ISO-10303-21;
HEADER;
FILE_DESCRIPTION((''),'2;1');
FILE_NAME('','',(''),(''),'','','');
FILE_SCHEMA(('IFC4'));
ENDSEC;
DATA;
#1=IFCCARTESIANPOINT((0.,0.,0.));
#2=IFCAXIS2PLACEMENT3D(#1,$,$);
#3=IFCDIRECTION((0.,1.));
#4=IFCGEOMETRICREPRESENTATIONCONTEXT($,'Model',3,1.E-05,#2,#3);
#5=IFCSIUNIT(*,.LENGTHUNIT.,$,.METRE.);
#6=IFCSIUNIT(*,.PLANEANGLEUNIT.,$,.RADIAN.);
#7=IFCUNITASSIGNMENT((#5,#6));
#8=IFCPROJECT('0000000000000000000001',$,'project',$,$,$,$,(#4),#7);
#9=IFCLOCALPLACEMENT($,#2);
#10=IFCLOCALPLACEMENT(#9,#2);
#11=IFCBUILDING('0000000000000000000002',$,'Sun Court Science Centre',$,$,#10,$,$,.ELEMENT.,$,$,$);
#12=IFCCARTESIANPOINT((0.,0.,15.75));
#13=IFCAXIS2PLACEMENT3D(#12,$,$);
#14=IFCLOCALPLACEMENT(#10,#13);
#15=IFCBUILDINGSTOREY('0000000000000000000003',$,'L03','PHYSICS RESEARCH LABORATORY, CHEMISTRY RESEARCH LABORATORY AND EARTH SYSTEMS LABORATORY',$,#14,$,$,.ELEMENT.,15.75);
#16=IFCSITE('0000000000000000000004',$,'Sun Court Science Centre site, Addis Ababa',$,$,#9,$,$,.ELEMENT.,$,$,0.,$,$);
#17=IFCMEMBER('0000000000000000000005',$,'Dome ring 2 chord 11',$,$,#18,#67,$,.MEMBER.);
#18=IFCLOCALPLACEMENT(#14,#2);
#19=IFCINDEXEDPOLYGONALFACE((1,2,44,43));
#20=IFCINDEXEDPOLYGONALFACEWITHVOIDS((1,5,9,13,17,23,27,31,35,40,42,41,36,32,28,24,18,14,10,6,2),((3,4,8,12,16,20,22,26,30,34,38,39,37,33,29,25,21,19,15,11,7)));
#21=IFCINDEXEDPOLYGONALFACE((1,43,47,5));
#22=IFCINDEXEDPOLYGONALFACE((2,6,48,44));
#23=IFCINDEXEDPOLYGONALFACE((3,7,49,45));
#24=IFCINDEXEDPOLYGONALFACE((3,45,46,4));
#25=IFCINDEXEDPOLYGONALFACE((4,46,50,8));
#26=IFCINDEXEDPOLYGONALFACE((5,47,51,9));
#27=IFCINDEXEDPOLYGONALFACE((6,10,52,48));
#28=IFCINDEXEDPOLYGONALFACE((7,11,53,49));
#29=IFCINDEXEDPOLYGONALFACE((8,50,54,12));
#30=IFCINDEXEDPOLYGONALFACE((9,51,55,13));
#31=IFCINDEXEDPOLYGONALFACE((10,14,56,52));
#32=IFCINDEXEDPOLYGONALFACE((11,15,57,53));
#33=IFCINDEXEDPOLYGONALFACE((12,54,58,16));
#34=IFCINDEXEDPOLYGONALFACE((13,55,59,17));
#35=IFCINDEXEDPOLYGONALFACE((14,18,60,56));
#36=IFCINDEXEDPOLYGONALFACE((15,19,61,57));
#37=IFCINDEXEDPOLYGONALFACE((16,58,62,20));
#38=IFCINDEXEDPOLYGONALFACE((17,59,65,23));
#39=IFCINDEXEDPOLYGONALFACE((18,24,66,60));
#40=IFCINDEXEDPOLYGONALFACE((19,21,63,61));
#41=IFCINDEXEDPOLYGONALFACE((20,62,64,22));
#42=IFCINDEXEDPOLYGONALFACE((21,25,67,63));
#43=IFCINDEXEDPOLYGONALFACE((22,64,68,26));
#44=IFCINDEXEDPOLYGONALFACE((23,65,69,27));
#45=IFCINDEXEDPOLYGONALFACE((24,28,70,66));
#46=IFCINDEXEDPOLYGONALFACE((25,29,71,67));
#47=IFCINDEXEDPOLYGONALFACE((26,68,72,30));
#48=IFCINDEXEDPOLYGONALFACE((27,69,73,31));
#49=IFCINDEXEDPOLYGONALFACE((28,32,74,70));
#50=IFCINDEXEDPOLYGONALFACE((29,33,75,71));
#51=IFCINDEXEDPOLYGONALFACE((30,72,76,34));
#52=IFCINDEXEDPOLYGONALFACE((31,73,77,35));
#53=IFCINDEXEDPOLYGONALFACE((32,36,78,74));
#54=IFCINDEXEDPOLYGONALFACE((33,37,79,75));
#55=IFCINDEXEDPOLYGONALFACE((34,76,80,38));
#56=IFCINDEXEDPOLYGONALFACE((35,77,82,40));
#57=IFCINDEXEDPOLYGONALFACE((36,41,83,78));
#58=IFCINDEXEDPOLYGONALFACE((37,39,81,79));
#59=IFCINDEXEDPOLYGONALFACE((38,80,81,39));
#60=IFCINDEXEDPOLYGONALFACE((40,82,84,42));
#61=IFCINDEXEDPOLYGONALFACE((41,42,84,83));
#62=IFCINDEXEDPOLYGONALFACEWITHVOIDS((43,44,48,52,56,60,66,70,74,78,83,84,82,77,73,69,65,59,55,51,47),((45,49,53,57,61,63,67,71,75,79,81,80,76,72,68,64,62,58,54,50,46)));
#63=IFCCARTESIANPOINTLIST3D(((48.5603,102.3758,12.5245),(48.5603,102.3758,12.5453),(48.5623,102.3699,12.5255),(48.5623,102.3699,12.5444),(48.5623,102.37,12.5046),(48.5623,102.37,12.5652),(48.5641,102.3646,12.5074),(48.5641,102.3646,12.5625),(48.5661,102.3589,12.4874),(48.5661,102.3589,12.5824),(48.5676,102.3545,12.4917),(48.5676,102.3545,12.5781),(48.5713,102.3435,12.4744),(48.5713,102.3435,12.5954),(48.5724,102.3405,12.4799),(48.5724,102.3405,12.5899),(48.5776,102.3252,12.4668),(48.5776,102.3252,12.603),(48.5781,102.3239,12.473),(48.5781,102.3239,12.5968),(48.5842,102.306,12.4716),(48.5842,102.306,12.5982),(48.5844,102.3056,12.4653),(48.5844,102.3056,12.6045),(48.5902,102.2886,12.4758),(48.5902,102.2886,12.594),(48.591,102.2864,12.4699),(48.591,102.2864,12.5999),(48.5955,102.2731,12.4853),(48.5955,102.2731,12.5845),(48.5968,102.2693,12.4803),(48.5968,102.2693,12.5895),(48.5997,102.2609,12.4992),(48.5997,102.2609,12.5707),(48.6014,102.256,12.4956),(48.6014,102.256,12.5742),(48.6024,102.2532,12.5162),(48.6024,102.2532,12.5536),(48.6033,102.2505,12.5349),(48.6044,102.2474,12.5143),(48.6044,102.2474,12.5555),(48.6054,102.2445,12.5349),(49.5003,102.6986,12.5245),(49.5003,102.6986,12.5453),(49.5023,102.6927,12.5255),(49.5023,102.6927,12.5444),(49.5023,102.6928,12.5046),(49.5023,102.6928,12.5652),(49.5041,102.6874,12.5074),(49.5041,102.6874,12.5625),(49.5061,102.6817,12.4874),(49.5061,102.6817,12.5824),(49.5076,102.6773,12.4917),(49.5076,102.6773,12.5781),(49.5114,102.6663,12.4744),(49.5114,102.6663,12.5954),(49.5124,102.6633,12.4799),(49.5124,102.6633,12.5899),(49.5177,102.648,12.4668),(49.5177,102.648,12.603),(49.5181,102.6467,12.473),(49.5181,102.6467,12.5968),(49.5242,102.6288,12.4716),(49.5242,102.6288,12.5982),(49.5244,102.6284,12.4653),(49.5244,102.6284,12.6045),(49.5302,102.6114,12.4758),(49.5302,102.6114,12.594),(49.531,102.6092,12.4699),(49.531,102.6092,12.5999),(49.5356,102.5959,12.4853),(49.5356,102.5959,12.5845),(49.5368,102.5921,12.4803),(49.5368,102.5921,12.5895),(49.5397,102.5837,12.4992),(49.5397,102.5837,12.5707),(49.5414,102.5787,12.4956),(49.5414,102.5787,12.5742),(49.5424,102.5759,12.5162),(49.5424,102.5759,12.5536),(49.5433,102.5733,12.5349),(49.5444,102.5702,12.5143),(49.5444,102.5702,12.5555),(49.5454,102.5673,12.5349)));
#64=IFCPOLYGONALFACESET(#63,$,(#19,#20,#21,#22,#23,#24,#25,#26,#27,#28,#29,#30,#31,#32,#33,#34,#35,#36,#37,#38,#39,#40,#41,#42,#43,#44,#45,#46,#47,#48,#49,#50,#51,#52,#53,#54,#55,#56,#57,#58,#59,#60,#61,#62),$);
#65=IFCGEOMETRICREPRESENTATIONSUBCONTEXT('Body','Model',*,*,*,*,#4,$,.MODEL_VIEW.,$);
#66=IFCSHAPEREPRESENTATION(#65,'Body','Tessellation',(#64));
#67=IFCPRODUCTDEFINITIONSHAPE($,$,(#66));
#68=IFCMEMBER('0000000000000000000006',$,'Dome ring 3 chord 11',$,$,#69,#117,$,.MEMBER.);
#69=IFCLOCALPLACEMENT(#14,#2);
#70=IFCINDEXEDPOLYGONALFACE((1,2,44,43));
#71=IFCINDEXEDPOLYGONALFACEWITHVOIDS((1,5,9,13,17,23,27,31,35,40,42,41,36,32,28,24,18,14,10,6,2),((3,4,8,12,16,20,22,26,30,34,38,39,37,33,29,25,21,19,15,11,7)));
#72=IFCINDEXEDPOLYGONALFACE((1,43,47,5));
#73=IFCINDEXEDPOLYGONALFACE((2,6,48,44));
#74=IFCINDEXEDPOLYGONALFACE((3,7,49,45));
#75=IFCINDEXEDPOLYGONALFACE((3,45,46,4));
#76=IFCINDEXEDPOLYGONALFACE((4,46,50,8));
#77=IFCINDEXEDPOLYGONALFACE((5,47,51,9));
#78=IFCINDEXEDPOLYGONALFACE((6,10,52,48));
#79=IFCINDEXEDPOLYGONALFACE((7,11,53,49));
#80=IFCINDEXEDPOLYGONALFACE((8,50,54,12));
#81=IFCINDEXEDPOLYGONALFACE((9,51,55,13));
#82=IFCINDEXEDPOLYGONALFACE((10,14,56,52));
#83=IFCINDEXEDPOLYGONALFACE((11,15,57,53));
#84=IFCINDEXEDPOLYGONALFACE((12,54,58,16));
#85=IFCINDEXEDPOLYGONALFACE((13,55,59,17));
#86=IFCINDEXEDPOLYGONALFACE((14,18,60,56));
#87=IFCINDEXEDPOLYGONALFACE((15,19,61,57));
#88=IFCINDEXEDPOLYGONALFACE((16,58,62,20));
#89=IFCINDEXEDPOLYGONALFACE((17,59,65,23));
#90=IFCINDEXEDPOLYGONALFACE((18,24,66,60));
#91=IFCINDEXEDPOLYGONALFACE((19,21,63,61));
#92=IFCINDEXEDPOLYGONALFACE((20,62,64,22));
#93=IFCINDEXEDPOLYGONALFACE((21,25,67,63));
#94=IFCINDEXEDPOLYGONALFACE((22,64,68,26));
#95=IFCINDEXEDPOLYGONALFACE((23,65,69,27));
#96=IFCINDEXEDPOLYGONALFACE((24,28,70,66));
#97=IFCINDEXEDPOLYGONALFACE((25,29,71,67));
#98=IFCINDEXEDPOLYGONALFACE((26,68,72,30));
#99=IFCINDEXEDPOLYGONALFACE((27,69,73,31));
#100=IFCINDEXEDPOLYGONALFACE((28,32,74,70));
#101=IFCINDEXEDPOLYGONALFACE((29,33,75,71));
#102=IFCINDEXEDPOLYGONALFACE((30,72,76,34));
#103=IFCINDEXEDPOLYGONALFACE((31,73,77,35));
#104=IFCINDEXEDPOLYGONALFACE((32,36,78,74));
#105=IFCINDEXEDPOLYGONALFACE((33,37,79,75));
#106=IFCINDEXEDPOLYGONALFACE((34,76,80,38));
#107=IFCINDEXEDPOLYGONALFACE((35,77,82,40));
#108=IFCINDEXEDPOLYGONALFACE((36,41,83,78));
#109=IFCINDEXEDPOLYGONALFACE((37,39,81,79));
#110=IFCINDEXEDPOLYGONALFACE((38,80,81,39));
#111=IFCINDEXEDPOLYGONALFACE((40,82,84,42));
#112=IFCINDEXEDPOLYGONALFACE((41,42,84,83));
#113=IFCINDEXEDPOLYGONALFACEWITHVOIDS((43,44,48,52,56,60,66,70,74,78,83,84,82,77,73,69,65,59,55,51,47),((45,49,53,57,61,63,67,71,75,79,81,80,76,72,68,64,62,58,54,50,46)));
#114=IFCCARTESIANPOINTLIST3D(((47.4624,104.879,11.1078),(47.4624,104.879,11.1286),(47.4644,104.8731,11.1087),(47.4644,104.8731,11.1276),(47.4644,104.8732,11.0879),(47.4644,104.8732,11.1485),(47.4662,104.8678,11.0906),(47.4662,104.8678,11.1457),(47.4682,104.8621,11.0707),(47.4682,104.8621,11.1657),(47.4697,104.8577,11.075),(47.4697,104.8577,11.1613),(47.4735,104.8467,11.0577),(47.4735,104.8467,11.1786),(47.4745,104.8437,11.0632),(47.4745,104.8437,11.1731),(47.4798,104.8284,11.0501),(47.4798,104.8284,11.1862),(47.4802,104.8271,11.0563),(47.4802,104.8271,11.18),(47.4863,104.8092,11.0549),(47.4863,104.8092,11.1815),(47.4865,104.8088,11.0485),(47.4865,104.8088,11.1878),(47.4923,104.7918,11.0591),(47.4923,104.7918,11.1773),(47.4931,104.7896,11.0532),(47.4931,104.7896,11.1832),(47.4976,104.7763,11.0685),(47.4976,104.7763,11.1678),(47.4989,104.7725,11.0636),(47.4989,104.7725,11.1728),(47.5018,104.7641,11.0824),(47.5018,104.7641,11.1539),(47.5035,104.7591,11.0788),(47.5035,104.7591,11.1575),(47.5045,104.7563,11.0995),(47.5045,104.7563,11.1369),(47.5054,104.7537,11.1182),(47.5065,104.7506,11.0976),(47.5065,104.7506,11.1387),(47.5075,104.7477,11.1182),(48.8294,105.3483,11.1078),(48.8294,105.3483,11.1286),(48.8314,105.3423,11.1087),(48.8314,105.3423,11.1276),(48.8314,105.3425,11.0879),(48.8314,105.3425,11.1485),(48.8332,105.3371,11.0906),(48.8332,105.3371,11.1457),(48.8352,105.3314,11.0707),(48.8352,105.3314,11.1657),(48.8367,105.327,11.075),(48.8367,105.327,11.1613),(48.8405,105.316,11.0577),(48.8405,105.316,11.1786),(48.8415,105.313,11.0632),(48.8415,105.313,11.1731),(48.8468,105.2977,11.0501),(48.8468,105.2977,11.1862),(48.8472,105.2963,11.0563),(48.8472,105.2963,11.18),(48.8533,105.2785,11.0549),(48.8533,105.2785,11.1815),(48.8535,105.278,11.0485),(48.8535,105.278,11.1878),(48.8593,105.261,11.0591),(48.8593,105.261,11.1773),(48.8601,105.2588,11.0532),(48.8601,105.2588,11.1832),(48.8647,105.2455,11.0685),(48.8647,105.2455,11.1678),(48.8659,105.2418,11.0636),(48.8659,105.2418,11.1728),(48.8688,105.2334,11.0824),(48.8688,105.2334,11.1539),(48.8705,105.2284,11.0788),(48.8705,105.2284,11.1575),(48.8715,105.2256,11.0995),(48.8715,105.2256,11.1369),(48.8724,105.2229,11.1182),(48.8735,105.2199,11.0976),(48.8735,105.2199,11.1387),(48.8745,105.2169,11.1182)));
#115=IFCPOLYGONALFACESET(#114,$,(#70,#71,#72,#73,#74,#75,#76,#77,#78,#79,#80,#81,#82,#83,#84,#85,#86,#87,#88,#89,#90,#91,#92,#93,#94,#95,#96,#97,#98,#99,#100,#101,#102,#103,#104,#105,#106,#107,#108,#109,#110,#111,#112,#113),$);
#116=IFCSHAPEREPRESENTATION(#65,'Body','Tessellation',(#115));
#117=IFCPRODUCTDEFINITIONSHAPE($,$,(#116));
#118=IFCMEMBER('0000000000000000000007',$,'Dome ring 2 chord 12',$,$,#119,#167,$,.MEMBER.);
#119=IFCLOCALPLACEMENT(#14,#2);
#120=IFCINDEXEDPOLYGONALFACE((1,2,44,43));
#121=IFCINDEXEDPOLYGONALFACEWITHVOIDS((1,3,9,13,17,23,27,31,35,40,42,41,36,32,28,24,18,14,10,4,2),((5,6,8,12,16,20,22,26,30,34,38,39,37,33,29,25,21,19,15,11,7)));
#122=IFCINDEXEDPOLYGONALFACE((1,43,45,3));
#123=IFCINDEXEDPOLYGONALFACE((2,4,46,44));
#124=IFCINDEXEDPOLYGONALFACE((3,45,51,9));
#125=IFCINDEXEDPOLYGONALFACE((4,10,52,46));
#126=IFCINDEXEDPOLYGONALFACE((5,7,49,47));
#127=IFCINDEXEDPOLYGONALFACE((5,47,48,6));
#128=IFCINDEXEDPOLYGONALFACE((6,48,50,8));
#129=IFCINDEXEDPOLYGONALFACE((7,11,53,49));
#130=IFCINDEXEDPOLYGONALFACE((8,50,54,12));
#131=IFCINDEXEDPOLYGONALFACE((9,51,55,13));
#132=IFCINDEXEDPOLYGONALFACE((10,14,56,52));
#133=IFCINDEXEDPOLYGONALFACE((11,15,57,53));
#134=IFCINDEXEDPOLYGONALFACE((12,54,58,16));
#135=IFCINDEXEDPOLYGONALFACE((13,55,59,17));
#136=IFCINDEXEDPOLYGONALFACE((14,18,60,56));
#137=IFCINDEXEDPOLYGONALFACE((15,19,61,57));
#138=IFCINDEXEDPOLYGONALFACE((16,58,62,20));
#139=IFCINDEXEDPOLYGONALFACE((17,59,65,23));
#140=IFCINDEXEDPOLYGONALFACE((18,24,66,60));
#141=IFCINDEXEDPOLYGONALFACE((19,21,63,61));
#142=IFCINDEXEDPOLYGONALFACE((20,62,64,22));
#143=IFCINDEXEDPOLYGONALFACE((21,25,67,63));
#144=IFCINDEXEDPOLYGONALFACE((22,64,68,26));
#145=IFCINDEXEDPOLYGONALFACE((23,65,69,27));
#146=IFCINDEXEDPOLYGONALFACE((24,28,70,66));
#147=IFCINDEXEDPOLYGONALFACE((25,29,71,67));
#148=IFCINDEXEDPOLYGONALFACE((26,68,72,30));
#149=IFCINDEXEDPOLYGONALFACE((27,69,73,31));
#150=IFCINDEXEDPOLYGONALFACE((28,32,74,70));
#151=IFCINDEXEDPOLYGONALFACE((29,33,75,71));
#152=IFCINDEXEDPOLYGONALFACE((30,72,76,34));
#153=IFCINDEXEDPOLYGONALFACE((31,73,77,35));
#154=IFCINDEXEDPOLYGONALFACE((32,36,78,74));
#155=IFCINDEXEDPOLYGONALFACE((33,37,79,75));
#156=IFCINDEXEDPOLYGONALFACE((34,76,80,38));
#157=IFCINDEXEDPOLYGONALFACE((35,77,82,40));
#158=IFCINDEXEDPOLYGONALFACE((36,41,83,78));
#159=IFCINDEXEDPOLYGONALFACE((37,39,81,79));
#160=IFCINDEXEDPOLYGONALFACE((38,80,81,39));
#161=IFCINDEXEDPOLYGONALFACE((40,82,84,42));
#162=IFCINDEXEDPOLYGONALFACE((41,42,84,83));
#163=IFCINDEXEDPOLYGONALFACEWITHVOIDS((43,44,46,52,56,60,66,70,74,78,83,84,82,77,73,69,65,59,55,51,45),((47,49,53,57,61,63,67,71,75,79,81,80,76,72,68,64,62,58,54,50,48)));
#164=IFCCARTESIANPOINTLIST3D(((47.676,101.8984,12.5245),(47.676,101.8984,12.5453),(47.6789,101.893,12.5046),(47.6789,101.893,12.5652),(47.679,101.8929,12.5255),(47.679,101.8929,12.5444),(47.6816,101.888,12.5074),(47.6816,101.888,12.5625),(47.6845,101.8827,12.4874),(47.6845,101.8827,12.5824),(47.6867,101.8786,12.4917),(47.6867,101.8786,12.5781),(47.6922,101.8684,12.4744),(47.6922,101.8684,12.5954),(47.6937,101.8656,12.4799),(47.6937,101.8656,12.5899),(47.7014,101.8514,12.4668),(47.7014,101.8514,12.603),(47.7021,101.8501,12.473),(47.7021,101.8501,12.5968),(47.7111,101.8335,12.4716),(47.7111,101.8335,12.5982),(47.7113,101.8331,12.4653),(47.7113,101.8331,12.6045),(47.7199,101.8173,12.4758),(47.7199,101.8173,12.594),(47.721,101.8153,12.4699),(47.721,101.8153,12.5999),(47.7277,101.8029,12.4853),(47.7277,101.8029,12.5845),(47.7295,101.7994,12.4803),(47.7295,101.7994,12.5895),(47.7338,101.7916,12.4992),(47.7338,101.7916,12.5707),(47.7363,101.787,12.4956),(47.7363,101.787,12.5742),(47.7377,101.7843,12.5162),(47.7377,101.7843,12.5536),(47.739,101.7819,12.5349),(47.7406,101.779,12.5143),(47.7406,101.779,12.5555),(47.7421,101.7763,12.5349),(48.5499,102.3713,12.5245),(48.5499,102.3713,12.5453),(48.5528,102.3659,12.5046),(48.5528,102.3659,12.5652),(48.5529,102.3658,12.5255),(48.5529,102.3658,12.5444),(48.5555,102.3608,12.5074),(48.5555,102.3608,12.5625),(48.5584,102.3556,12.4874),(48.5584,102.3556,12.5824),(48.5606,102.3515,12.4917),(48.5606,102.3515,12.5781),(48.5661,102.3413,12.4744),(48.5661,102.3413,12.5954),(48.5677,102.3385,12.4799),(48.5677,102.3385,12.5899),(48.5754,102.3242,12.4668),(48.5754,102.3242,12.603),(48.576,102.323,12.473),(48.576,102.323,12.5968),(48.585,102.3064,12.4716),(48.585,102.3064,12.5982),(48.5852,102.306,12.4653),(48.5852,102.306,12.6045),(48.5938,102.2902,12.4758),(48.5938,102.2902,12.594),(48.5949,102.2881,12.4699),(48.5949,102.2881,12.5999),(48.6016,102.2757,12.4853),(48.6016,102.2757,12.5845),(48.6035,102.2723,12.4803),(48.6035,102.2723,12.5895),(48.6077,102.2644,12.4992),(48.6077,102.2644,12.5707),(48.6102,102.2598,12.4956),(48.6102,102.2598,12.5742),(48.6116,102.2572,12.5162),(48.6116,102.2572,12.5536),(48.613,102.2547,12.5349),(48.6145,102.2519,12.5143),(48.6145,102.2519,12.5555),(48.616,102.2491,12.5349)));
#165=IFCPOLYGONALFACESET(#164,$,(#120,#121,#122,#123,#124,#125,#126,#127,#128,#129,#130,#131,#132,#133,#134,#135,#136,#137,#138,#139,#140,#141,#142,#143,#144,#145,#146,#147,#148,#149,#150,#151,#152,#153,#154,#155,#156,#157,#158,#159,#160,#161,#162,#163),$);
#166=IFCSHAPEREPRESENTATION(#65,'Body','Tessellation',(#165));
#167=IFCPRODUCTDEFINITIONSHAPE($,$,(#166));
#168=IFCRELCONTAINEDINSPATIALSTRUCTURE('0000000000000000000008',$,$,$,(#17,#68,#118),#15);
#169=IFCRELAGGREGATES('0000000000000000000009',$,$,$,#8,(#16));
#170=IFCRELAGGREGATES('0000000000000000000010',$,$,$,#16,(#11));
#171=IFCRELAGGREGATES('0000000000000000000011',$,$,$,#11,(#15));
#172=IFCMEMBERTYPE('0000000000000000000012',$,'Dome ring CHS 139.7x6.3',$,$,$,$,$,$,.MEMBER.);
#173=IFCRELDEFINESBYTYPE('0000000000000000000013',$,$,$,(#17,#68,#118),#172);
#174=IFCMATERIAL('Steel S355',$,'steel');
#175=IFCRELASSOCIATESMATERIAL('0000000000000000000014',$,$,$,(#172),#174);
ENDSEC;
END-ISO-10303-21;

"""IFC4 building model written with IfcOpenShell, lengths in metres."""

from ifc_helpers import new_model, si_unit, direction, frame, origin, origin_2d, place, context, subcontext, project, spatial, hollow_circle, extrude, material, material_profile, profile_set, type_object, element, save


model = new_model("IFC4")

# Units and contexts
model_context = context("Model", 3, precision=1e-05, world=origin(), true_north=direction((0.0, 1.0)))
body_context = subcontext(model_context, "Body", "Model", "MODEL_VIEW")
ifc_project = project(units=[si_unit("LENGTHUNIT", "METRE"), si_unit("PLANEANGLEUNIT", "RADIAN")], contexts=[model_context])

# Site, building, storey
site_placement = place(None, origin())
site = spatial("IfcSite", under=ifc_project, at=site_placement, Name="Sun Court Science Centre site, Addis Ababa", CompositionType="ELEMENT", RefElevation=0.0)
building_placement = place(site_placement, origin())
building = spatial("IfcBuilding", under=site, at=building_placement, Name="Sun Court Science Centre", CompositionType="ELEMENT")
storey_placement = place(building_placement, frame((0.0, 0.0, 15.75)))
storey = spatial("IfcBuildingStorey", under=building, at=storey_placement, Name="L03", Description="PHYSICS RESEARCH LABORATORY, CHEMISTRY RESEARCH LABORATORY AND EARTH SYSTEMS LABORATORY", CompositionType="ELEMENT", Elevation=15.75)

# Members
ifc_material_1 = material(Name="Steel S355", Category="steel")
ifc_material_profile_1 = material_profile(ifc_material_1, hollow_circle(Radius=0.0698, WallThickness=0.0063, at=origin_2d()), Name="CHS 139.7x6.3")
ifc_profile_set_1 = profile_set([ifc_material_profile_1], Name="Steel S355")
member_type_1 = type_object("IfcMemberType", Name="Dome ring CHS 139.7x6.3", PredefinedType="MEMBER", material=ifc_profile_set_1)
member_1_placement = place(storey_placement, frame((49.5227, 102.6333, 12.5349), z_axis=(-0.945795, -0.324764, 0.0), x_axis=(0.324764, -0.945795, 0.0)))
element("IfcMember", 1, at=member_1_placement, inside=storey, type_object=member_type_1, Name="Dome ring 2 chord 11", PredefinedType="MEMBER", context=body_context, shape_type="SweptSolid", body=[
    extrude(hollow_circle(Radius=0.0698, WallThickness=0.0063, at=origin_2d()), origin(), (0.0, 0.0, 1.0), 0.9939),
])
member_2_placement = place(storey_placement, frame((48.8518, 105.283, 11.1182), z_axis=(-0.945824, -0.324678, 0.0), x_axis=(0.324678, -0.945824, 0.0)))
element("IfcMember", 2, at=member_2_placement, inside=storey, type_object=member_type_1, Name="Dome ring 3 chord 11", PredefinedType="MEMBER", context=body_context, shape_type="SweptSolid", body=[
    extrude(hollow_circle(Radius=0.0698, WallThickness=0.0063, at=origin_2d()), origin(), (0.0, 0.0, 1.0), 1.4453),
])
member_3_placement = place(storey_placement, frame((48.5828, 102.3105, 12.5349), z_axis=(-0.879515, -0.475872, 0.0), x_axis=(0.475872, -0.879515, 0.0)))
element("IfcMember", 3, at=member_3_placement, inside=storey, type_object=member_type_1, Name="Dome ring 2 chord 12", PredefinedType="MEMBER", context=body_context, shape_type="SweptSolid", body=[
    extrude(hollow_circle(Radius=0.0698, WallThickness=0.0063, at=origin_2d()), origin(), (0.0, 0.0, 1.0), 0.9937),
])

save(model, "model.ifc")
